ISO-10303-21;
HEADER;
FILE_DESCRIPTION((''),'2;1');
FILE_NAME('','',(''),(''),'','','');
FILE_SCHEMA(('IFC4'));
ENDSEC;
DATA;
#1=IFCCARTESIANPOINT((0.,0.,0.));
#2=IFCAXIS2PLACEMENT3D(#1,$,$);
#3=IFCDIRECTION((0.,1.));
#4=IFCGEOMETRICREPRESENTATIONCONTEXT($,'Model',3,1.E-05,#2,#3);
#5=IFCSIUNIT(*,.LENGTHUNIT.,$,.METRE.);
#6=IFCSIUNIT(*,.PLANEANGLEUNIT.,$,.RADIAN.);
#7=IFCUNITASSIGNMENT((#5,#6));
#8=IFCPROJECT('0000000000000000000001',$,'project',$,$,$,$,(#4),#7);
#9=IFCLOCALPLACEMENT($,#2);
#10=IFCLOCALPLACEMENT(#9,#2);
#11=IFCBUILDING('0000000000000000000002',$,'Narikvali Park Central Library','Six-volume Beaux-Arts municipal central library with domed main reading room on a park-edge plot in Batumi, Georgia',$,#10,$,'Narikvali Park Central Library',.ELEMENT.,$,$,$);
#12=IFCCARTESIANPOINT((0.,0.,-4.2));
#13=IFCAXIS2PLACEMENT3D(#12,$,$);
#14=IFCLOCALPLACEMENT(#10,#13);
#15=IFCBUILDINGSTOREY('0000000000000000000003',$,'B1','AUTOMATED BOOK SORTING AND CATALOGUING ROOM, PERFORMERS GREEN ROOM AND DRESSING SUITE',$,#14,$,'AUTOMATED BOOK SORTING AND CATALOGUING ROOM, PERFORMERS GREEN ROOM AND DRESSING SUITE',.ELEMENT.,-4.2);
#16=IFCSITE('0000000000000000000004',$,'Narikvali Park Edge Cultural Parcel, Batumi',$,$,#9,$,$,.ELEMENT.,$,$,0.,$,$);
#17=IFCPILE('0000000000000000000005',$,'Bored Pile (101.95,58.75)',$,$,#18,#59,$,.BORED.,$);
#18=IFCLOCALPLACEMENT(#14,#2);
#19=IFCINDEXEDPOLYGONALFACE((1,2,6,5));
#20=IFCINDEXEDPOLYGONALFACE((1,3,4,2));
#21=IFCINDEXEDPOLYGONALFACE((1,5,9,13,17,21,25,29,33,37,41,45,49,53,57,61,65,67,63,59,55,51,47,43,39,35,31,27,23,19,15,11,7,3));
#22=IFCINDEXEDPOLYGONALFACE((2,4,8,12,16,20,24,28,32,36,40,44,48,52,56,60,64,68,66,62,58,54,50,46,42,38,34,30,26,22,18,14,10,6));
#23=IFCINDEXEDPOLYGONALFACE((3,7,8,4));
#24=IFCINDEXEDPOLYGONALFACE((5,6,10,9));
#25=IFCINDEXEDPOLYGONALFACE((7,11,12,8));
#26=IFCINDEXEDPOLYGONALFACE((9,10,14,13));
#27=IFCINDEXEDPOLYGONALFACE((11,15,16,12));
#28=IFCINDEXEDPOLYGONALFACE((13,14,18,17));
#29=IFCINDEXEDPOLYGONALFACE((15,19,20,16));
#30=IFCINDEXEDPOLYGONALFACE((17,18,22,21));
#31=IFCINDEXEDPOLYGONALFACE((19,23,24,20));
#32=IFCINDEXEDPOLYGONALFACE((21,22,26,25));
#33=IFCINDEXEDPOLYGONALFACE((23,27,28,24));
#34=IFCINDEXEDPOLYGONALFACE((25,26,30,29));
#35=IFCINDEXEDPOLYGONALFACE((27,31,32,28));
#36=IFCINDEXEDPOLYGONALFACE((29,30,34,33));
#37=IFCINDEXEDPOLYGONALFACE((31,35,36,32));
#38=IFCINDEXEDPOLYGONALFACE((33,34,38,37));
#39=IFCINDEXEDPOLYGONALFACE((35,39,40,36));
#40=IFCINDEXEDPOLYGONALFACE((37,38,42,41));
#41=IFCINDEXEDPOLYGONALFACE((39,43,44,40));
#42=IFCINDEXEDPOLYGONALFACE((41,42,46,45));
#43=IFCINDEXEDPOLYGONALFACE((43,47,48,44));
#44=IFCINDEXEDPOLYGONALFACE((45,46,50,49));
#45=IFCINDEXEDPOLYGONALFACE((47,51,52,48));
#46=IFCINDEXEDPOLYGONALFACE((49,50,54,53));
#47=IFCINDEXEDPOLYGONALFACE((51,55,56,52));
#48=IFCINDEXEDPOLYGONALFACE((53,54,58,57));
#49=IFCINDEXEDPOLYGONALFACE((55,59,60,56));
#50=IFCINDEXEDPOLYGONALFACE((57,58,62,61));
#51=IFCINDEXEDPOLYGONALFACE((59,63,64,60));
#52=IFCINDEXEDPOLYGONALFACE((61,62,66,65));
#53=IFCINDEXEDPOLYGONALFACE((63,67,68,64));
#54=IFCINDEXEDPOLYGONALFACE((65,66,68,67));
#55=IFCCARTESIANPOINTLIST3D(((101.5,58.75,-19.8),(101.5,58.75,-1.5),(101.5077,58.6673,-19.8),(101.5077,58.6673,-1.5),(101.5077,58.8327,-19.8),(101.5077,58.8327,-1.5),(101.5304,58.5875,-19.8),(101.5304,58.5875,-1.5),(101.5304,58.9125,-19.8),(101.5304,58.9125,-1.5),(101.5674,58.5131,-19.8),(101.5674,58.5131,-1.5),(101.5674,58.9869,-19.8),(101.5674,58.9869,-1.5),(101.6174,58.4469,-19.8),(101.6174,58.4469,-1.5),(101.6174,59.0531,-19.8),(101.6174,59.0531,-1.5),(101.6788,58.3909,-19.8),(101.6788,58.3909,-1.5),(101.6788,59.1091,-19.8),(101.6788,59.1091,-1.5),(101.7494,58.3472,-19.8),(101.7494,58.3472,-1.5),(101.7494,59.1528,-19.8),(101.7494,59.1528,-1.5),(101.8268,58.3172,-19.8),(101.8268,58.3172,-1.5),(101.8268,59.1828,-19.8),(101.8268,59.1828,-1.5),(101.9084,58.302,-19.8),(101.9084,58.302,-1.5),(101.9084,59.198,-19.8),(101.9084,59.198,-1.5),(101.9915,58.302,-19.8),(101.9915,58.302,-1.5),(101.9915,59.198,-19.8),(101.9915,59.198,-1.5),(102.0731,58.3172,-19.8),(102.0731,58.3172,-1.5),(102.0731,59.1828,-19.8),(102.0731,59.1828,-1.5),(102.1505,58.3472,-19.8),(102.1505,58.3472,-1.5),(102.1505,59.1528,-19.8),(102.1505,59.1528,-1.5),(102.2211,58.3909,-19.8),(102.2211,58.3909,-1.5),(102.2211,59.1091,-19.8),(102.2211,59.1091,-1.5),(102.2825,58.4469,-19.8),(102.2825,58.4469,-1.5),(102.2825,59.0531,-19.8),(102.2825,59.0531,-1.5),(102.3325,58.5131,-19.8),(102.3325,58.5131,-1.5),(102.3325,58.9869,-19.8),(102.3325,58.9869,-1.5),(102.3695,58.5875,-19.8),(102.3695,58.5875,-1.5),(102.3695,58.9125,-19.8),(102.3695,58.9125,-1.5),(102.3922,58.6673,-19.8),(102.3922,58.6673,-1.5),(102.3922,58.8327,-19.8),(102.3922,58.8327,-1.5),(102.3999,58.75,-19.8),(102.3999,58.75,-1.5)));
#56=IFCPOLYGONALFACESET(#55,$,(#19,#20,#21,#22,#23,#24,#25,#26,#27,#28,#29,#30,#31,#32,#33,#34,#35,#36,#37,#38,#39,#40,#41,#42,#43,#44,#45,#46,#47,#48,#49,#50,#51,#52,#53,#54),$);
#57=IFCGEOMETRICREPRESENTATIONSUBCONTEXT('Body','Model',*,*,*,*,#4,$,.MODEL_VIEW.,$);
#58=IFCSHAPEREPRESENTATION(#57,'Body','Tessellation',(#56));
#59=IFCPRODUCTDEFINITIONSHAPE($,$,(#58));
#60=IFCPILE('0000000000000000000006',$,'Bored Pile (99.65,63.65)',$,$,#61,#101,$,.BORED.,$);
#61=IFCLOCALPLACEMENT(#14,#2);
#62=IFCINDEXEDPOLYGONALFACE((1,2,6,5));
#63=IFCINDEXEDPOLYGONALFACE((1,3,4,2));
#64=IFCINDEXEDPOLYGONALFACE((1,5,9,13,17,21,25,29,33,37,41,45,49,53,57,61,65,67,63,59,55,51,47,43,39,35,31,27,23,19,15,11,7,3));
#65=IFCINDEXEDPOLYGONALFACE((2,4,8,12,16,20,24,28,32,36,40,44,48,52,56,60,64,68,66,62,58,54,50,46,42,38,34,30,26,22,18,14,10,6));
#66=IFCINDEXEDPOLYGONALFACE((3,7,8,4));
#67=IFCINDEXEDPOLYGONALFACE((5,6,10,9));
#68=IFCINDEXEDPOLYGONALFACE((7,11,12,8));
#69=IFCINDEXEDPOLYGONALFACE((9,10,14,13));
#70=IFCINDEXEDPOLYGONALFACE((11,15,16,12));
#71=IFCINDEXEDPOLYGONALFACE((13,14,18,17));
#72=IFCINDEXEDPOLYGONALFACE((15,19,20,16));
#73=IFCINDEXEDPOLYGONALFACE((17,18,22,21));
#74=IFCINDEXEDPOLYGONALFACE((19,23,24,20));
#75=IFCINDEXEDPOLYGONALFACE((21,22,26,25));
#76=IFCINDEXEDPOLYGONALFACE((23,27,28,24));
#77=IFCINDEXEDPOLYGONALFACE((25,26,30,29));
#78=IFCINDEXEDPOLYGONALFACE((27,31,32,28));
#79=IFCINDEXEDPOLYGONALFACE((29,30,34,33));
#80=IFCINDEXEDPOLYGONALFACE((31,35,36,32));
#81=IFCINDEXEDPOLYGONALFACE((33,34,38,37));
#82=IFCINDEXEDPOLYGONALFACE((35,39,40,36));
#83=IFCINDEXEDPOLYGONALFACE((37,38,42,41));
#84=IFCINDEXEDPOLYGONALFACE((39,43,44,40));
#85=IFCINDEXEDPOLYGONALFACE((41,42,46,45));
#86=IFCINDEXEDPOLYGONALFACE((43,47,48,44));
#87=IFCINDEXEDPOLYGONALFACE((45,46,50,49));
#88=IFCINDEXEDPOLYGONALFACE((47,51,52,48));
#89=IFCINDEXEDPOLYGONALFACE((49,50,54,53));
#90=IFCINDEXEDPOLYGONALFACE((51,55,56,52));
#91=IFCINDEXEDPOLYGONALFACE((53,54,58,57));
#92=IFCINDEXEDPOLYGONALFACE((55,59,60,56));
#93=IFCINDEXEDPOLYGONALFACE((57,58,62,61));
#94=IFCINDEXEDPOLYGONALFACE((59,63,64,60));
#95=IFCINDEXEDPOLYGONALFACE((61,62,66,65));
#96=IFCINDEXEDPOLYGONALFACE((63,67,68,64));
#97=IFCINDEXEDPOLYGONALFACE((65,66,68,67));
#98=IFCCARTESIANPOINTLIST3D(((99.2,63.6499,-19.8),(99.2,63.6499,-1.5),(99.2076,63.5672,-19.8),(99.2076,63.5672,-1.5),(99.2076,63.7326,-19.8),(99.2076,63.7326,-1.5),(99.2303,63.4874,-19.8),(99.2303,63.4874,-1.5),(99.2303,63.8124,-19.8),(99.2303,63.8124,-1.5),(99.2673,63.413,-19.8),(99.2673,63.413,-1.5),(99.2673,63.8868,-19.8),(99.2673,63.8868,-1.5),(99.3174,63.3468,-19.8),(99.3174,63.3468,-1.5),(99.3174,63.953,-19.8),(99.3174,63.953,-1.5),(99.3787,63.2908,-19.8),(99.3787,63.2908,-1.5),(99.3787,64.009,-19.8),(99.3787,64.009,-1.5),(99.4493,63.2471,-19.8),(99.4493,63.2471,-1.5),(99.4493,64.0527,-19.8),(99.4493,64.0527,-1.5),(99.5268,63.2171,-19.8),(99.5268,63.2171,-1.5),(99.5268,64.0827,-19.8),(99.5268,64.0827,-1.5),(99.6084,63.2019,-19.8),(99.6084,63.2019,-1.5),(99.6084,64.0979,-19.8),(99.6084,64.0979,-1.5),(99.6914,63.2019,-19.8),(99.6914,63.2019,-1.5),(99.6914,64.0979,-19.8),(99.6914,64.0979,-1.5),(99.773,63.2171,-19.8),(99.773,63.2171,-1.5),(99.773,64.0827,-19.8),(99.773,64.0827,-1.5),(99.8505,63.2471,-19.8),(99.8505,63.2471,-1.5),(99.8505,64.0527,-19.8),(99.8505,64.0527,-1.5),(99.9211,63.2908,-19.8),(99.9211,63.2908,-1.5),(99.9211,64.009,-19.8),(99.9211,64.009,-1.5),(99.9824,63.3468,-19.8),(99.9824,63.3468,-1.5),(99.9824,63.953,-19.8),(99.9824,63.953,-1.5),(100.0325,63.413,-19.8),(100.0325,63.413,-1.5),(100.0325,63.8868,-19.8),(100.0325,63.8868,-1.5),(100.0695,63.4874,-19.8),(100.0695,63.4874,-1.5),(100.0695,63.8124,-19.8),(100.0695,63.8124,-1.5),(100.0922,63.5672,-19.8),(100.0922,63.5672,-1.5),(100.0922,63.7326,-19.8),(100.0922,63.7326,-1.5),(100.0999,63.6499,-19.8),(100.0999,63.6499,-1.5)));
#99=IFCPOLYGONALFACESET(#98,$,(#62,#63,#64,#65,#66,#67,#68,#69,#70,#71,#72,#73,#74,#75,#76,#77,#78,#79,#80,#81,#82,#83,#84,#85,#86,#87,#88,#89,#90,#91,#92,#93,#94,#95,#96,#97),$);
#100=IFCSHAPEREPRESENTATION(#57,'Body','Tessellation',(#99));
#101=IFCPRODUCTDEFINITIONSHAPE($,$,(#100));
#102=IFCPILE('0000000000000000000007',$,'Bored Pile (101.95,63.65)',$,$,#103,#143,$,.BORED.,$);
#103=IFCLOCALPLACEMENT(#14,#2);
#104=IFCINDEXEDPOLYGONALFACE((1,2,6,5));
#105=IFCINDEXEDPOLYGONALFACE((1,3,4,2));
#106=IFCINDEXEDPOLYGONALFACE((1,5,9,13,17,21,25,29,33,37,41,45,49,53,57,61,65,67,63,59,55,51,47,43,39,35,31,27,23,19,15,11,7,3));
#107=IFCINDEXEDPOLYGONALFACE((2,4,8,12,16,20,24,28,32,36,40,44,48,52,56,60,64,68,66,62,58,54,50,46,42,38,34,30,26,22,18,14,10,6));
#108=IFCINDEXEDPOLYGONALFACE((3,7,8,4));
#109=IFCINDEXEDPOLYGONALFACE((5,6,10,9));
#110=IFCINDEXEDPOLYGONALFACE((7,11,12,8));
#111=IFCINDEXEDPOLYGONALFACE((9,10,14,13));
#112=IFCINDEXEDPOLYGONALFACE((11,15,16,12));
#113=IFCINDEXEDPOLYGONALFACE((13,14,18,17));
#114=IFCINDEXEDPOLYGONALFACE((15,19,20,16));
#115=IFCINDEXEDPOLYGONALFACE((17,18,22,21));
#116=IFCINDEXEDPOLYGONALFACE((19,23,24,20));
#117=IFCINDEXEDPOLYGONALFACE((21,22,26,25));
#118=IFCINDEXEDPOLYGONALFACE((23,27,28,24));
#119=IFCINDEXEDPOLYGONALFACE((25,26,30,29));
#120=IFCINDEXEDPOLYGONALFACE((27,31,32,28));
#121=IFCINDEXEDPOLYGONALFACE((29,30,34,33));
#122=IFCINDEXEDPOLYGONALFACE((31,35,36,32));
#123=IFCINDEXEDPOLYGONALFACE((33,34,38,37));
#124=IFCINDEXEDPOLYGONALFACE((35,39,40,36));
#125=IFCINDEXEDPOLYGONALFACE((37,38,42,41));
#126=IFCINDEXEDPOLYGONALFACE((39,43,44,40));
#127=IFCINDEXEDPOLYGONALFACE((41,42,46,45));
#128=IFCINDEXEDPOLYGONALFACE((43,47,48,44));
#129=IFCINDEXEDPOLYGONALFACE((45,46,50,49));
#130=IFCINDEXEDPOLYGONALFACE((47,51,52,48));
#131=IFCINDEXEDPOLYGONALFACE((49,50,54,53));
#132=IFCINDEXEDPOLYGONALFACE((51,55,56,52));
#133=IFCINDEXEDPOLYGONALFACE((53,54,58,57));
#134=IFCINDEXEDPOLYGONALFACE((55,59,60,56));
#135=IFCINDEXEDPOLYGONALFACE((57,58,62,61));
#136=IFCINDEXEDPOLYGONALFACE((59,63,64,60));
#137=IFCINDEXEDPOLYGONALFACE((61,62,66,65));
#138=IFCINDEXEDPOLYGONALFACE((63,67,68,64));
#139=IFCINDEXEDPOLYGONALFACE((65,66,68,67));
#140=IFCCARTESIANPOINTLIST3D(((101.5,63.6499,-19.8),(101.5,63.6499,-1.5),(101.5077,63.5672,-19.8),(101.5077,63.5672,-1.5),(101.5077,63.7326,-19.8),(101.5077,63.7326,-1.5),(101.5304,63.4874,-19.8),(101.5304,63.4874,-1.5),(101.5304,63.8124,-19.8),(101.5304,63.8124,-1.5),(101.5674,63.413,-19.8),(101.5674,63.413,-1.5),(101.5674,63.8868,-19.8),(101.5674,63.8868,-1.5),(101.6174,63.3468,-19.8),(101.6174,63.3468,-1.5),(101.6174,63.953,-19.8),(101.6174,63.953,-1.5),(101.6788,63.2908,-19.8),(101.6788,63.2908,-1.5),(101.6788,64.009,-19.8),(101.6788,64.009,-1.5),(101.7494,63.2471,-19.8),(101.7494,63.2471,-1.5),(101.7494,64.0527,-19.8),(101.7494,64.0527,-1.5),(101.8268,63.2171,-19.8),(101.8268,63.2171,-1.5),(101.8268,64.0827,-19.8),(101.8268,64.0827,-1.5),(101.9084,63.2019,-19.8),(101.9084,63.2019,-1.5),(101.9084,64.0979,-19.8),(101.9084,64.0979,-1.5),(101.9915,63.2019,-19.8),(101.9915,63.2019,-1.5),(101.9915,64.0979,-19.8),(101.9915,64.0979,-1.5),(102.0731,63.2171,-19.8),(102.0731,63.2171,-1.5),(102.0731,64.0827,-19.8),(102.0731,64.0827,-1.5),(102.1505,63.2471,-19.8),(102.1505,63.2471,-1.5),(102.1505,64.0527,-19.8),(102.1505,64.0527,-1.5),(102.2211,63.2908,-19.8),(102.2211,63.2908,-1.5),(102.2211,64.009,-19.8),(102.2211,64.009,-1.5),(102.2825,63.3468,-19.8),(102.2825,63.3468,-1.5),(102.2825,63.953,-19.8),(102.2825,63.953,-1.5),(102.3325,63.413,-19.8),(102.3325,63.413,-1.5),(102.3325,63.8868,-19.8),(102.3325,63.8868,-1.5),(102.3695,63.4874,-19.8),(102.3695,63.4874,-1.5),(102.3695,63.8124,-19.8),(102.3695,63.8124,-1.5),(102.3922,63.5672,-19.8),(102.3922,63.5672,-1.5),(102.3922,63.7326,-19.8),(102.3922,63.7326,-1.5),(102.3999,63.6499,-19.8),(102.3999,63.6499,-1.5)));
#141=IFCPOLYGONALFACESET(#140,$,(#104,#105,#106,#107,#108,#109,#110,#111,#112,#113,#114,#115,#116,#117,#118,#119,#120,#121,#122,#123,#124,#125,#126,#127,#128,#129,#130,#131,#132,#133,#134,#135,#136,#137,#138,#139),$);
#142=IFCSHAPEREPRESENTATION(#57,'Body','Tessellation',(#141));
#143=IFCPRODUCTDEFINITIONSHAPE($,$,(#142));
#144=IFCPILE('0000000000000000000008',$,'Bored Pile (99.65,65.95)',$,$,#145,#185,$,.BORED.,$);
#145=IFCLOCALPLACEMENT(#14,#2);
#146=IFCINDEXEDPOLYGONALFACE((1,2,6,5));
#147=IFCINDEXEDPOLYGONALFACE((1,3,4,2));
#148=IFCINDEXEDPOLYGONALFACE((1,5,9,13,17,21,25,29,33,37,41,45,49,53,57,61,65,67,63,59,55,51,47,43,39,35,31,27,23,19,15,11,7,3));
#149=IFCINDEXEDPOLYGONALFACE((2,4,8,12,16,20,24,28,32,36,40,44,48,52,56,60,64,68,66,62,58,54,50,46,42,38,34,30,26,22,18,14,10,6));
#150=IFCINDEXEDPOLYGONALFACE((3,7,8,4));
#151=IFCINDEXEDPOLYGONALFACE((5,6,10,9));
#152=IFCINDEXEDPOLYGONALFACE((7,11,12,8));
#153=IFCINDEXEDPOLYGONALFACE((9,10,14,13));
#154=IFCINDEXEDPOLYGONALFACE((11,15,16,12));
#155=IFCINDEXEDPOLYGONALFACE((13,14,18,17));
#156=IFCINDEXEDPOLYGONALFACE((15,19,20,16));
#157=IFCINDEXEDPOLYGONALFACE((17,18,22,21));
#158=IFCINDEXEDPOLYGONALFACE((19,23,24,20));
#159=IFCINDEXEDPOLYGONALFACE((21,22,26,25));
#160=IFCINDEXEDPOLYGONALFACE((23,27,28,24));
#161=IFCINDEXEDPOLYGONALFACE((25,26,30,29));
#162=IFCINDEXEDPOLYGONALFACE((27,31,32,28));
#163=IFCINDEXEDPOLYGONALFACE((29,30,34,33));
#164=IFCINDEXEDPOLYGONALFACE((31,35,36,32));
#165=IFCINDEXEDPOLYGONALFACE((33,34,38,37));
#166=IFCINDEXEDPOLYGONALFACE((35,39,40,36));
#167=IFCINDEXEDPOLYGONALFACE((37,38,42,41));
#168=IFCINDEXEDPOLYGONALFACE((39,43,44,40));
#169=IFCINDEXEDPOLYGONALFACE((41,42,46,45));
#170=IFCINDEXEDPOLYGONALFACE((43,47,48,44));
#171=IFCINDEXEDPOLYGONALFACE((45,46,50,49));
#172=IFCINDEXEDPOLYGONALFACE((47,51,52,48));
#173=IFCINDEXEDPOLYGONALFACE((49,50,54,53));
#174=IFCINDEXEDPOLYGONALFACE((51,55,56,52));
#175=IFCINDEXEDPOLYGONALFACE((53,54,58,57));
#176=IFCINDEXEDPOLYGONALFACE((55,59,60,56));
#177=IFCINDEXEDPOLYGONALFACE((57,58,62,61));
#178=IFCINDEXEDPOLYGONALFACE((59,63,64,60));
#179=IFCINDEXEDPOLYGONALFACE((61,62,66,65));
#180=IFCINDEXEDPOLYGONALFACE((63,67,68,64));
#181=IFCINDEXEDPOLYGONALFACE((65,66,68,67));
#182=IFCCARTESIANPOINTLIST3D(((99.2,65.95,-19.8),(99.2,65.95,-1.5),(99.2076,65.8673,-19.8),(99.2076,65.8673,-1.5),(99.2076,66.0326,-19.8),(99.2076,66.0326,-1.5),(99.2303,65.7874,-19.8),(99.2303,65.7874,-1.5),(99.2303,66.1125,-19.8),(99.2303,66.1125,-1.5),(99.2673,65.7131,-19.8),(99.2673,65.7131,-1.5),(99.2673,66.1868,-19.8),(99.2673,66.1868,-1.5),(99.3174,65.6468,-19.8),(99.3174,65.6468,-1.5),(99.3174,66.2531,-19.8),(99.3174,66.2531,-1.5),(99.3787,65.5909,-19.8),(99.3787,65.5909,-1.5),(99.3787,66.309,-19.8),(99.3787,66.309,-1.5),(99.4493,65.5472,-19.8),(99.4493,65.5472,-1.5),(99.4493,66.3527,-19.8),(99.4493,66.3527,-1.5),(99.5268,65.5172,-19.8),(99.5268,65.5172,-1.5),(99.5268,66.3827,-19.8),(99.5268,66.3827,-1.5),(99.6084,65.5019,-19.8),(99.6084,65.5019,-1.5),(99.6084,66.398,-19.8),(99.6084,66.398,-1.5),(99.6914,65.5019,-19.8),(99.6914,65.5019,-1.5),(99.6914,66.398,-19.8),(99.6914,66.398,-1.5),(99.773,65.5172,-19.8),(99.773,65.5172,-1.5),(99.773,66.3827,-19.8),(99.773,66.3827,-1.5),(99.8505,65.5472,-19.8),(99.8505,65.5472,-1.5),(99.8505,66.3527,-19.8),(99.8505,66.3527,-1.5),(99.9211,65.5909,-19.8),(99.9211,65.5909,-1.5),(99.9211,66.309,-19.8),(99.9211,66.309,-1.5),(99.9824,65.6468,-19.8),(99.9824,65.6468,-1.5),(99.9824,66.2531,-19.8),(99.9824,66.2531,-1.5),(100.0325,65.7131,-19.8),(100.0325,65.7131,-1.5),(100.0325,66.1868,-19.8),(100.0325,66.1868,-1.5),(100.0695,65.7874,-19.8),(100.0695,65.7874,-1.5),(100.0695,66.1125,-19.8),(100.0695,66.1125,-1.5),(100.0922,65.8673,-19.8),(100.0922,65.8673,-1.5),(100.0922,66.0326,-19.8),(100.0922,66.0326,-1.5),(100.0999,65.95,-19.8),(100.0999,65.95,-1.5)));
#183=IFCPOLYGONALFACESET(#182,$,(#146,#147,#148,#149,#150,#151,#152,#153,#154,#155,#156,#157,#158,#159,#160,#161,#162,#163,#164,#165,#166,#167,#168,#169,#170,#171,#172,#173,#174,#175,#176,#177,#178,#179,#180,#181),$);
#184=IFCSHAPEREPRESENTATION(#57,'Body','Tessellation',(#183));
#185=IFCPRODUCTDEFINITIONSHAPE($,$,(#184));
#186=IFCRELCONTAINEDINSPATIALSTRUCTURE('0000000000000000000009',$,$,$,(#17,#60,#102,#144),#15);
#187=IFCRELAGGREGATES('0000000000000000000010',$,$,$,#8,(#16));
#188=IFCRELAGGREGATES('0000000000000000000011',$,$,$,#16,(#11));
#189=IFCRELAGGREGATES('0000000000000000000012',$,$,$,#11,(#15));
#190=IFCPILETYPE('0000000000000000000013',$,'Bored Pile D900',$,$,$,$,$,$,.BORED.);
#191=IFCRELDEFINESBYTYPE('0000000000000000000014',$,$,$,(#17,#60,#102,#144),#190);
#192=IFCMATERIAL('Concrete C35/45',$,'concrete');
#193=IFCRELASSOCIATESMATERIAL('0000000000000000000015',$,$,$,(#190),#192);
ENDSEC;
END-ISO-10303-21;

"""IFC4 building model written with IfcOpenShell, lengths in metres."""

from ifc_helpers import new_model, si_unit, direction, frame, origin, origin_2d, place, context, subcontext, project, spatial, circle, extrude, material, material_profile, profile_set, type_object, element, save


model = new_model("IFC4")

# Units and contexts
model_context = context("Model", 3, precision=1e-05, world=origin(), true_north=direction((0.0, 1.0)))
body_context = subcontext(model_context, "Body", "Model", "MODEL_VIEW")
ifc_project = project(units=[si_unit("LENGTHUNIT", "METRE"), si_unit("PLANEANGLEUNIT", "RADIAN")], contexts=[model_context])

# Site, building, storey
site_placement = place(None, origin())
site = spatial("IfcSite", under=ifc_project, at=site_placement, Name="Narikvali Park Edge Cultural Parcel, Batumi", CompositionType="ELEMENT", RefElevation=0.0)
building_placement = place(site_placement, origin())
building = spatial("IfcBuilding", under=site, at=building_placement, Name="Narikvali Park Central Library", Description="Six-volume Beaux-Arts municipal central library with domed main reading room on a park-edge plot in Batumi, Georgia", LongName="Narikvali Park Central Library", CompositionType="ELEMENT")
storey_placement = place(building_placement, frame((0.0, 0.0, -4.2)))
storey = spatial("IfcBuildingStorey", under=building, at=storey_placement, Name="B1", Description="AUTOMATED BOOK SORTING AND CATALOGUING ROOM, PERFORMERS GREEN ROOM AND DRESSING SUITE", LongName="AUTOMATED BOOK SORTING AND CATALOGUING ROOM, PERFORMERS GREEN ROOM AND DRESSING SUITE", CompositionType="ELEMENT", Elevation=-4.2)

# Piles
ifc_material_1 = material(Name="Concrete C35/45", Category="concrete")
ifc_material_profile_1 = material_profile(ifc_material_1, circle(Radius=0.45, at=origin_2d()), Name="PILE D900")
ifc_profile_set_1 = profile_set([ifc_material_profile_1], Name="Concrete C35/45")
pile_type = type_object("IfcPileType", Name="Bored Pile D900", PredefinedType="BORED", material=ifc_profile_set_1)
for number, where, z_axis, x_axis, name in (
    (1, (101.95, 58.75, -1.5), (0.0, 0.0, -1.0), (1.0, 0.0, 0.0), "Bored Pile (101.95,58.75)"),
    (2, (99.6499, 63.6499, -1.5), (0.0, 0.0, -1.0), (1.0, 0.0, 0.0), "Bored Pile (99.65,63.65)"),
    (3, (101.95, 63.6499, -1.5), (0.0, 0.0, -1.0), (1.0, 0.0, 0.0), "Bored Pile (101.95,63.65)"),
    (4, (99.6499, 65.95, -1.5), (0.0, 0.0, -1.0), (1.0, 0.0, 0.0), "Bored Pile (99.65,65.95)"),
):
    element("IfcPile", number, at=place(storey_placement, frame(where, z_axis=z_axis, x_axis=x_axis)), inside=storey, type_object=pile_type, Name=name, PredefinedType="BORED", context=body_context, shape_type="SweptSolid", body=[
        extrude(circle(Radius=0.45, at=origin_2d()), origin(), (0.0, 0.0, 1.0), 18.3),
    ])

save(model, "model.ifc")
